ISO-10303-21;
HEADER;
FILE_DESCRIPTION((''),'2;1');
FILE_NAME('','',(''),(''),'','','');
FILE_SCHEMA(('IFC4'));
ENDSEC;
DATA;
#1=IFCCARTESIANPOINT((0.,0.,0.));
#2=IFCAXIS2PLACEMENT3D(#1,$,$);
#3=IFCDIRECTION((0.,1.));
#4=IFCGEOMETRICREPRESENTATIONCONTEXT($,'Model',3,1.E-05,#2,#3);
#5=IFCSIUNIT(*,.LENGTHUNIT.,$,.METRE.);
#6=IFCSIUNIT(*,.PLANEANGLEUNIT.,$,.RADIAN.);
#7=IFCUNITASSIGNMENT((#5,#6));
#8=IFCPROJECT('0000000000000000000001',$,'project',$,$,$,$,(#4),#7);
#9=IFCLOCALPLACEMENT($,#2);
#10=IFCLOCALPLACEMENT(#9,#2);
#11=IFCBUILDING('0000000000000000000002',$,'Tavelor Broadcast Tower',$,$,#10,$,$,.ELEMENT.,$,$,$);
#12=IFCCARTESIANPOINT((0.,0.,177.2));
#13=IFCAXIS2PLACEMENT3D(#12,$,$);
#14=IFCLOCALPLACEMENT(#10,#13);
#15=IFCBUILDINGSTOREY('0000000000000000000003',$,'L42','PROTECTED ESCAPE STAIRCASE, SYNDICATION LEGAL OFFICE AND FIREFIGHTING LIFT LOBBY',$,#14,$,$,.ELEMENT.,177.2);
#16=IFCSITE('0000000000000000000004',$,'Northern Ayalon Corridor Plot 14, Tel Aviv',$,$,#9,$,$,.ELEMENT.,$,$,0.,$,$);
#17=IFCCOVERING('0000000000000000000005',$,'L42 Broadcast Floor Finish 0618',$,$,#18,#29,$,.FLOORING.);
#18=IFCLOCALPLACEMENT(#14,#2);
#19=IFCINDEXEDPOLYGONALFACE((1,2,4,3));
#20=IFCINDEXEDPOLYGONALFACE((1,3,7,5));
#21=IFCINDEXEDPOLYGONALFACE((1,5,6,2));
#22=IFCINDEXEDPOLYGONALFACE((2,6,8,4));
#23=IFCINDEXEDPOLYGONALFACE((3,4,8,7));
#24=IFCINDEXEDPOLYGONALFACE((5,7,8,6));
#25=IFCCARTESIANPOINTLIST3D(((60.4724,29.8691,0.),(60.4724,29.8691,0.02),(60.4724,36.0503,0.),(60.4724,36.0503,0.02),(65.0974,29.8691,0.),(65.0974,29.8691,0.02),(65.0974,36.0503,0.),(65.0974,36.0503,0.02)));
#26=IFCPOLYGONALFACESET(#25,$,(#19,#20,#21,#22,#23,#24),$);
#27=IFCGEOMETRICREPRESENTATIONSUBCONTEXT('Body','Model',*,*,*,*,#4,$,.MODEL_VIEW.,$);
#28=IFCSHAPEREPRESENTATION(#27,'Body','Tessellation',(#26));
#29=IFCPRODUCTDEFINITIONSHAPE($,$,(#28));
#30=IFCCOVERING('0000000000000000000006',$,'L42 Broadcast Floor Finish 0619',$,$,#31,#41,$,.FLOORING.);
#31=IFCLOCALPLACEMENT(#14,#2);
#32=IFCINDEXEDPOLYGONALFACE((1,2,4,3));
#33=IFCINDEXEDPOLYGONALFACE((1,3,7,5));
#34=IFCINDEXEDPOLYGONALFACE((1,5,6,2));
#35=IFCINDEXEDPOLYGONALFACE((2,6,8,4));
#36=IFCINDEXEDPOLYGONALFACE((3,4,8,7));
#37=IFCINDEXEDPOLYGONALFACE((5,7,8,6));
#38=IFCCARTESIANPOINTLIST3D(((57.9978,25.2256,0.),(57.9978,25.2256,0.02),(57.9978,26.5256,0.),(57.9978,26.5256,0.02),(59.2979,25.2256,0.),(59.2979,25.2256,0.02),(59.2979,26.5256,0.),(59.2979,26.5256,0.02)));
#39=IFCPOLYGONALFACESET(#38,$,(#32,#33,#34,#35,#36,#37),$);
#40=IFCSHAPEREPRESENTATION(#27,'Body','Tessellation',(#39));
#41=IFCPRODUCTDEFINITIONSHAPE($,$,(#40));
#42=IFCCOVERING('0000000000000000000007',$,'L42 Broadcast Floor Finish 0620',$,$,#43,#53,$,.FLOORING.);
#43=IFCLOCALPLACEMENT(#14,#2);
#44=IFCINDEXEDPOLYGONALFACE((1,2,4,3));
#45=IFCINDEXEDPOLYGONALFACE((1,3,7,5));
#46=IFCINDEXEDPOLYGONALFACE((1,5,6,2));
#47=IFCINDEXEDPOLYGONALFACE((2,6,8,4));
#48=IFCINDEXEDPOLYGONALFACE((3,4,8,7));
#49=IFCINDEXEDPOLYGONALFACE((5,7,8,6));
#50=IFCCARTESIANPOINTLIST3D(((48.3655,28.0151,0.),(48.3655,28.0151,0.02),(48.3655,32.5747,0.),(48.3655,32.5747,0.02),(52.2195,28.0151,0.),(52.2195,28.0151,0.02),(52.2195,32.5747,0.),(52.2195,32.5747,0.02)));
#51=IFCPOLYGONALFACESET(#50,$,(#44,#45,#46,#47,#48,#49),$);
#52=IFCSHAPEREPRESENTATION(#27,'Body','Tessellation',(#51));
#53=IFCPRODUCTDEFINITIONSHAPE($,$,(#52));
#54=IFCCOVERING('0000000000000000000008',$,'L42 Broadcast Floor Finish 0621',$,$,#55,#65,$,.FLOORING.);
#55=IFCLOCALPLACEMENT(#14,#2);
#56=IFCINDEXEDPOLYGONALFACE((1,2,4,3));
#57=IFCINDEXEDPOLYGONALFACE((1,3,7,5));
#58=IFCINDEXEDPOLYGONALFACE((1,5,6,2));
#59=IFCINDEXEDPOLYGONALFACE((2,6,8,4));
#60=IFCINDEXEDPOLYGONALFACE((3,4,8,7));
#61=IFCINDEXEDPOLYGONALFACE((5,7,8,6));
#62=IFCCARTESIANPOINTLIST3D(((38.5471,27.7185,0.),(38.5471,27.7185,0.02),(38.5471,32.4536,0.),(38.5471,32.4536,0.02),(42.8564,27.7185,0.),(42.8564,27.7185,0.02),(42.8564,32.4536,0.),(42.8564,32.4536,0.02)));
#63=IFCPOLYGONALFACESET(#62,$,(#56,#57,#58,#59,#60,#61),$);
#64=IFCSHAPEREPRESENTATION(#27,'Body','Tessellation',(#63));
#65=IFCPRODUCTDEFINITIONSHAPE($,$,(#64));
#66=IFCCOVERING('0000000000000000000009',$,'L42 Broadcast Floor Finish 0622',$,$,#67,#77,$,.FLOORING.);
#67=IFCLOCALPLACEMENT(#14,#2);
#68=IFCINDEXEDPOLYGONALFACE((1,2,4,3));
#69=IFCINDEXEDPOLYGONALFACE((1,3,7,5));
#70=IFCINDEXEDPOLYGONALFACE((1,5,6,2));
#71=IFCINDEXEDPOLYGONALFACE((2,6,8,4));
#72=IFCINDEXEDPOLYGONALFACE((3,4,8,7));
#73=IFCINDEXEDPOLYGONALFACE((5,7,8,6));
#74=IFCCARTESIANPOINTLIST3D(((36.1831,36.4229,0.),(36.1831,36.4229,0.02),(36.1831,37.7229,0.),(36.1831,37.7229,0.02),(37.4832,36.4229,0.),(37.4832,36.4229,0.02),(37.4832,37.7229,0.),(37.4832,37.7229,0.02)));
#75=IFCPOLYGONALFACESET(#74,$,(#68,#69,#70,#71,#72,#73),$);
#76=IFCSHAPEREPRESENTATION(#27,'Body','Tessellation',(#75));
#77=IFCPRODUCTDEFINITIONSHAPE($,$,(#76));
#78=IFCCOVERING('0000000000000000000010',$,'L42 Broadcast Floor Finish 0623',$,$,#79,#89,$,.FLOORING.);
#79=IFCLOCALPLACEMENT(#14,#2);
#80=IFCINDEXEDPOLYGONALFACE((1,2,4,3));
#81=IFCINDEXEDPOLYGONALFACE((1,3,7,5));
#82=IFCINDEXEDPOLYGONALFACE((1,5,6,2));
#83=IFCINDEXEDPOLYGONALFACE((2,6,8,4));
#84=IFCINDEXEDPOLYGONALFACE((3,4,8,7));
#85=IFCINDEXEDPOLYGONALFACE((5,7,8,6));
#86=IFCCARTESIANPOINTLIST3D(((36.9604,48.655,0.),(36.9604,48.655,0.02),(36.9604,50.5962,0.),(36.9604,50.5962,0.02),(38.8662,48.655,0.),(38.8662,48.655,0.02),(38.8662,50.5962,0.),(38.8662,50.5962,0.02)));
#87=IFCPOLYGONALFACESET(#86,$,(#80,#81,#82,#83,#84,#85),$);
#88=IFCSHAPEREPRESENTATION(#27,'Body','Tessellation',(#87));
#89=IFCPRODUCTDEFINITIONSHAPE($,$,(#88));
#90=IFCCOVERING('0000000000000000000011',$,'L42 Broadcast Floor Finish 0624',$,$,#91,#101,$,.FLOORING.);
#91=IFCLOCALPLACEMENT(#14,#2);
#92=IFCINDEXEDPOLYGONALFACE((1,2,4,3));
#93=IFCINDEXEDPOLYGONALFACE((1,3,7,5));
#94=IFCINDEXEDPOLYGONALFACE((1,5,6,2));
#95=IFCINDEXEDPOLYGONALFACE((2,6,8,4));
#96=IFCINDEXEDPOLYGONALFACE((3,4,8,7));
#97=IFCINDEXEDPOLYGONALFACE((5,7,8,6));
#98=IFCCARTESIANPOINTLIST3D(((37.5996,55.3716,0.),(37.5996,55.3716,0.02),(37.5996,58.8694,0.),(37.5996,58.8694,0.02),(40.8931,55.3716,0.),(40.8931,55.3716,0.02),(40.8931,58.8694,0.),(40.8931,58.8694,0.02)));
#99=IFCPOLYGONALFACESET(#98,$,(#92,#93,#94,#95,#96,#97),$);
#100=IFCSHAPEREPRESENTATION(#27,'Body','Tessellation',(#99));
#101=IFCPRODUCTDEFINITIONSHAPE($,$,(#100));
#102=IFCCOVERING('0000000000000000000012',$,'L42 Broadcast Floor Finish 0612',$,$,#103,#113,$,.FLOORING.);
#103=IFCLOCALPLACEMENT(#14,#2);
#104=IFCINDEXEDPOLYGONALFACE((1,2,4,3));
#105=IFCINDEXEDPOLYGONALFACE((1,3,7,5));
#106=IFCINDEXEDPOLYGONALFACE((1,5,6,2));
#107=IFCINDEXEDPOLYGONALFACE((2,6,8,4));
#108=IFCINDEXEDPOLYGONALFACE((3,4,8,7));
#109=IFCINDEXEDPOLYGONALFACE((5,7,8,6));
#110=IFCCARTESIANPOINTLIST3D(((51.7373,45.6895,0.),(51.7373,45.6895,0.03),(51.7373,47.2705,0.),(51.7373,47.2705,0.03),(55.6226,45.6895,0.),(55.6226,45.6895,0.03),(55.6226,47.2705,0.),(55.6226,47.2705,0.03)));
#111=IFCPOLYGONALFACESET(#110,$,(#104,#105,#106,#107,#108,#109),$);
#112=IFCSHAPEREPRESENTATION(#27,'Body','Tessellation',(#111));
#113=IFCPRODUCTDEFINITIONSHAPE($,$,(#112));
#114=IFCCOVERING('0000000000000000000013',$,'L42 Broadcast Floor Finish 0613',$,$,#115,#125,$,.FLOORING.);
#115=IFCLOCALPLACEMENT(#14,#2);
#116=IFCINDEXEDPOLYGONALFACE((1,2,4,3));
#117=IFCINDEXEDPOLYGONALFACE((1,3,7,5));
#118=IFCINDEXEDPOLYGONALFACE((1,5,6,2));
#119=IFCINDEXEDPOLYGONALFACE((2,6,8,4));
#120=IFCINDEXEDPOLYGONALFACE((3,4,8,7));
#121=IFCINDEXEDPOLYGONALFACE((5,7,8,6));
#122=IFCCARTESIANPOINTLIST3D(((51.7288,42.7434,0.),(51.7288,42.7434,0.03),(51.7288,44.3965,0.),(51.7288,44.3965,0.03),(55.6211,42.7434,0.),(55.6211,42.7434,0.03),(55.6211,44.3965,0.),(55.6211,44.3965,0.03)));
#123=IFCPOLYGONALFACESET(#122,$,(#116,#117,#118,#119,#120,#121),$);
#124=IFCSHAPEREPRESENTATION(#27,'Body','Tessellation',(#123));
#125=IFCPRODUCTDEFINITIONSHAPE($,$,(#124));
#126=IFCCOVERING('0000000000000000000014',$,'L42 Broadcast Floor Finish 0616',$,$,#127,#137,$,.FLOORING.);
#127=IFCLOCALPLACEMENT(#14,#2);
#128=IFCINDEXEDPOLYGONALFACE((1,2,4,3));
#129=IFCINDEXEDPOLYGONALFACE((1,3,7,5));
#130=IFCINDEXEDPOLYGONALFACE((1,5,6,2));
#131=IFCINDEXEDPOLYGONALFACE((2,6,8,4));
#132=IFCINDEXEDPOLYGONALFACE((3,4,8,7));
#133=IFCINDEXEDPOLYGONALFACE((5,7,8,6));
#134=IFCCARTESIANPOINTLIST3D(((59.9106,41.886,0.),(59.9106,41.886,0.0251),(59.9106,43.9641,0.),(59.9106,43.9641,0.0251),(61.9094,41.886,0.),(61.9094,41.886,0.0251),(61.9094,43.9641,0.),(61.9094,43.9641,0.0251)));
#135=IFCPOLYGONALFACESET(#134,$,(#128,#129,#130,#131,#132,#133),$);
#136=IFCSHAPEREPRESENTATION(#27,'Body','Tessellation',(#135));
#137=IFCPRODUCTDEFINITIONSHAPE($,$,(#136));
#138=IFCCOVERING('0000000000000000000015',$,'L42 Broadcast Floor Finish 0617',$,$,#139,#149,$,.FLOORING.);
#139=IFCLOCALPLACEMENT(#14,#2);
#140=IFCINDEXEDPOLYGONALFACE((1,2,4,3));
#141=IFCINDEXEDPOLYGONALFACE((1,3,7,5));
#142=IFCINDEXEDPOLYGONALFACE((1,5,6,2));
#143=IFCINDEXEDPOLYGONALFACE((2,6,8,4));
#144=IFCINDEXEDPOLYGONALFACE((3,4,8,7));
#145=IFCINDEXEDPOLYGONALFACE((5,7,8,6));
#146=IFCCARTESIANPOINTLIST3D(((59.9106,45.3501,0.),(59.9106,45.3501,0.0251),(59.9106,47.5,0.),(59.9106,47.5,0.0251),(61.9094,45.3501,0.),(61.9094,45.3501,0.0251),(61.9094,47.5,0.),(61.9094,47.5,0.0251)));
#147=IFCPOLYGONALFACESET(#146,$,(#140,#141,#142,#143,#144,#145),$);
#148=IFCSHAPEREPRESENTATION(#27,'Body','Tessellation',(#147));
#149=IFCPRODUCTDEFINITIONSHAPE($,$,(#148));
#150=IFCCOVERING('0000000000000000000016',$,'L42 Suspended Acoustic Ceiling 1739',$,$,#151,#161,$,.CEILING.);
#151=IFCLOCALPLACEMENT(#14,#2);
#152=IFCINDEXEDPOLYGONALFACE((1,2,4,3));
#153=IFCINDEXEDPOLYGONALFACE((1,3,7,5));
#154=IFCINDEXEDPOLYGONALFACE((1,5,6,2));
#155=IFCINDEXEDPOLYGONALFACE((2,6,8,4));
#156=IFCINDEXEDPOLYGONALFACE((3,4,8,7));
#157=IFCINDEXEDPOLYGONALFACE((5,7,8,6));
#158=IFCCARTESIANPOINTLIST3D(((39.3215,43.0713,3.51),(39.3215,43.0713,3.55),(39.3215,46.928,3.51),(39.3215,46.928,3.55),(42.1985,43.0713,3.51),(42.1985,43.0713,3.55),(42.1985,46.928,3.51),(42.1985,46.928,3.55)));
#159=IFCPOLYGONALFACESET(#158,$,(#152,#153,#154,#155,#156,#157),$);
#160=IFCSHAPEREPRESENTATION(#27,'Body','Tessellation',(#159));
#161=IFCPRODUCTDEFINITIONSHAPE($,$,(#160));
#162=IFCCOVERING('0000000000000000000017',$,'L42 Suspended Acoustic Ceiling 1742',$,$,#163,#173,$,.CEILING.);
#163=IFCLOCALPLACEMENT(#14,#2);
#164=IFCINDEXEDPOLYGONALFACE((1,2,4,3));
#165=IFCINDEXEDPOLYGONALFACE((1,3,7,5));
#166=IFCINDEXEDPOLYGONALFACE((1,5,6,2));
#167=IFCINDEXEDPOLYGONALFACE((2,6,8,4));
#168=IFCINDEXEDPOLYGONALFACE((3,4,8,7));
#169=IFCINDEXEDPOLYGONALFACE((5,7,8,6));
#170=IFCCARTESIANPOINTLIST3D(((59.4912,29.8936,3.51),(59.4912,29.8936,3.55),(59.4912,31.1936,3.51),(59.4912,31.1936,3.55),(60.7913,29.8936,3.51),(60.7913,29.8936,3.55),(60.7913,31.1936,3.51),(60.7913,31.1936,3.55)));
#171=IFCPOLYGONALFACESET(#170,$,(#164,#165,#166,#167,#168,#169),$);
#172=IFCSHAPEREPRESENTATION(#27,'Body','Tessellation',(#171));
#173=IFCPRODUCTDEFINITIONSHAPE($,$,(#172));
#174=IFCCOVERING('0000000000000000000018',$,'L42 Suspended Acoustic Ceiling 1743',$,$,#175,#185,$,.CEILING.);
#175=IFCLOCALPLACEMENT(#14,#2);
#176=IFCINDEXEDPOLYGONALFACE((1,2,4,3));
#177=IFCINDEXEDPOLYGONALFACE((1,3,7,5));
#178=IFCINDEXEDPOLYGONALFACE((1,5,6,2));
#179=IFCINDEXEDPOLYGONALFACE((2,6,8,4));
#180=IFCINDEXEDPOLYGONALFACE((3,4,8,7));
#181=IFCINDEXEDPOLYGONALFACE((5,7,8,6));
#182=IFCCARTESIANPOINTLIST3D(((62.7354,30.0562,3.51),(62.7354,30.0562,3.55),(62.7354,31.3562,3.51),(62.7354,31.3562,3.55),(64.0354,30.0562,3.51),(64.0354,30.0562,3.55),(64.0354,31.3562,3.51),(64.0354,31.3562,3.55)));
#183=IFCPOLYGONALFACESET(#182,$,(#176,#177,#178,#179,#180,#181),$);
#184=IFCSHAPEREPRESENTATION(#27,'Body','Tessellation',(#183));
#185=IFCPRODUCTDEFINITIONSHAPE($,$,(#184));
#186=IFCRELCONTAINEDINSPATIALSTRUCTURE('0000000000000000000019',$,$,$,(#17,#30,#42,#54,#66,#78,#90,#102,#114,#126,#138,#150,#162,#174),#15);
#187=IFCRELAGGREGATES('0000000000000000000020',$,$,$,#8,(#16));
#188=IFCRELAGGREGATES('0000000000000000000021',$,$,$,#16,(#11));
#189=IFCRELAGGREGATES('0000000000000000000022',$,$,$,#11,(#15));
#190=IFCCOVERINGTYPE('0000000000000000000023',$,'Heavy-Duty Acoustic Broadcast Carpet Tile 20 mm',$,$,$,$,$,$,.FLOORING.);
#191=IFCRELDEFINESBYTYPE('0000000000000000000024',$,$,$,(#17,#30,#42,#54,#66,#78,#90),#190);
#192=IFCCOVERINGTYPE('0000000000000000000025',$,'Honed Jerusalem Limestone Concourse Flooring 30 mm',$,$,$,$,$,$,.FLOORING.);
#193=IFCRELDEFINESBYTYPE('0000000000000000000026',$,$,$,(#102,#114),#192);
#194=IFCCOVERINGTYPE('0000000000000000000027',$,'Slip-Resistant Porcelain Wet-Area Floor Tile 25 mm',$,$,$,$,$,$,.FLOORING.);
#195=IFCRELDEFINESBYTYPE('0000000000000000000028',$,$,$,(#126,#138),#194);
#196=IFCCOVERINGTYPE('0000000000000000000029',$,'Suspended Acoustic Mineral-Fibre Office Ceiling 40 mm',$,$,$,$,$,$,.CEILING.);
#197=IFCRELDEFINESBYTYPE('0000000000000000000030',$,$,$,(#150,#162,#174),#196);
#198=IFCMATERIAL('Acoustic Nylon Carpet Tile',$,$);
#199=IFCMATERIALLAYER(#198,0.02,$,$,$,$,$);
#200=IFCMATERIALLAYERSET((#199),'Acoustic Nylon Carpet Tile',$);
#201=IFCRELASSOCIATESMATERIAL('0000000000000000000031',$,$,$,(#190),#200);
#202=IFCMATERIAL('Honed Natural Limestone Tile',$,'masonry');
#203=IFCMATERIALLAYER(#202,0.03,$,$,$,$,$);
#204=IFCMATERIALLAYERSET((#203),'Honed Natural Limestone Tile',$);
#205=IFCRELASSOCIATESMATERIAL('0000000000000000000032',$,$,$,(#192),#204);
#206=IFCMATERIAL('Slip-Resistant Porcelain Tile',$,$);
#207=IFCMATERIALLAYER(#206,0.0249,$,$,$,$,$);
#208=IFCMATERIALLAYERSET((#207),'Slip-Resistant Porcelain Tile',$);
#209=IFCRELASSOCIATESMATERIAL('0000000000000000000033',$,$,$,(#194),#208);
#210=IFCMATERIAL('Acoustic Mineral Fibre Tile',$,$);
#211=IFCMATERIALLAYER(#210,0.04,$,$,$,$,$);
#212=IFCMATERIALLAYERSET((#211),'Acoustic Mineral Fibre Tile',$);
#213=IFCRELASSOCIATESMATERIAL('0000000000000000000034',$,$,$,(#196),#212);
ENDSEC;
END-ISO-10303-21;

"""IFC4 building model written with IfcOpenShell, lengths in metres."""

from ifc_helpers import new_model, si_unit, direction, frame, origin, place, context, subcontext, project, spatial, polyline, outline, extrude, material, layer, layer_set, type_object, element, save


model = new_model("IFC4")

# Units and contexts
model_context = context("Model", 3, precision=1e-05, world=origin(), true_north=direction((0.0, 1.0)))
body_context = subcontext(model_context, "Body", "Model", "MODEL_VIEW")
ifc_project = project(units=[si_unit("LENGTHUNIT", "METRE"), si_unit("PLANEANGLEUNIT", "RADIAN")], contexts=[model_context])

# Site, building, storey
site_placement = place(None, origin())
site = spatial("IfcSite", under=ifc_project, at=site_placement, Name="Northern Ayalon Corridor Plot 14, Tel Aviv", CompositionType="ELEMENT", RefElevation=0.0)
building_placement = place(site_placement, origin())
building = spatial("IfcBuilding", under=site, at=building_placement, Name="Tavelor Broadcast Tower", CompositionType="ELEMENT")
storey_placement = place(building_placement, frame((0.0, 0.0, 177.2)))
storey = spatial("IfcBuildingStorey", under=building, at=storey_placement, Name="L42", Description="PROTECTED ESCAPE STAIRCASE, SYNDICATION LEGAL OFFICE AND FIREFIGHTING LIFT LOBBY", CompositionType="ELEMENT", Elevation=177.2)

# Coverings
ifc_material_1 = material(Name="Acoustic Nylon Carpet Tile")
ifc_layer_1 = layer(ifc_material_1, 0.02)
ifc_layer_set_1 = layer_set([ifc_layer_1], Name="Acoustic Nylon Carpet Tile")
covering_type_1 = type_object("IfcCoveringType", Name="Heavy-Duty Acoustic Broadcast Carpet Tile 20 mm", PredefinedType="FLOORING", material=ifc_layer_set_1)
covering_1_placement = place(storey_placement, origin())
element("IfcCovering", 1, at=covering_1_placement, inside=storey, type_object=covering_type_1, Name="L42 Broadcast Floor Finish 0618", PredefinedType="FLOORING", context=body_context, shape_type="SweptSolid", body=[
    extrude(outline(polyline([(60.4724, 29.8691), (65.0974, 29.8691), (65.0974, 36.0503), (60.4724, 36.0503), (60.4724, 29.8691)])), origin(), (0.0, 0.0, 1.0), 0.02),
])
covering_2_placement = place(storey_placement, origin())
element("IfcCovering", 2, at=covering_2_placement, inside=storey, type_object=covering_type_1, Name="L42 Broadcast Floor Finish 0619", PredefinedType="FLOORING", context=body_context, shape_type="SweptSolid", body=[
    extrude(outline(polyline([(57.9978, 25.2256), (59.2979, 25.2256), (59.2979, 26.5256), (57.9978, 26.5256), (57.9978, 25.2256)])), origin(), (0.0, 0.0, 1.0), 0.02),
])
covering_3_placement = place(storey_placement, origin())
element("IfcCovering", 3, at=covering_3_placement, inside=storey, type_object=covering_type_1, Name="L42 Broadcast Floor Finish 0620", PredefinedType="FLOORING", context=body_context, shape_type="SweptSolid", body=[
    extrude(outline(polyline([(48.3655, 28.0151), (52.2195, 28.0151), (52.2195, 32.5747), (48.3655, 32.5747), (48.3655, 28.0151)])), origin(), (0.0, 0.0, 1.0), 0.02),
])
covering_4_placement = place(storey_placement, origin())
element("IfcCovering", 4, at=covering_4_placement, inside=storey, type_object=covering_type_1, Name="L42 Broadcast Floor Finish 0621", PredefinedType="FLOORING", context=body_context, shape_type="SweptSolid", body=[
    extrude(outline(polyline([(38.5471, 27.7185), (42.8564, 27.7185), (42.8564, 32.4536), (38.5471, 32.4536), (38.5471, 27.7185)])), origin(), (0.0, 0.0, 1.0), 0.02),
])
covering_5_placement = place(storey_placement, origin())
element("IfcCovering", 5, at=covering_5_placement, inside=storey, type_object=covering_type_1, Name="L42 Broadcast Floor Finish 0622", PredefinedType="FLOORING", context=body_context, shape_type="SweptSolid", body=[
    extrude(outline(polyline([(36.1831, 36.4229), (37.4832, 36.4229), (37.4832, 37.7229), (36.1831, 37.7229), (36.1831, 36.4229)])), origin(), (0.0, 0.0, 1.0), 0.02),
])
covering_6_placement = place(storey_placement, origin())
element("IfcCovering", 6, at=covering_6_placement, inside=storey, type_object=covering_type_1, Name="L42 Broadcast Floor Finish 0623", PredefinedType="FLOORING", context=body_context, shape_type="SweptSolid", body=[
    extrude(outline(polyline([(36.9604, 48.655), (38.8662, 48.655), (38.8662, 50.5962), (36.9604, 50.5962), (36.9604, 48.655)])), origin(), (0.0, 0.0, 1.0), 0.02),
])
covering_7_placement = place(storey_placement, origin())
element("IfcCovering", 7, at=covering_7_placement, inside=storey, type_object=covering_type_1, Name="L42 Broadcast Floor Finish 0624", PredefinedType="FLOORING", context=body_context, shape_type="SweptSolid", body=[
    extrude(outline(polyline([(37.5996, 55.3716), (40.8931, 55.3716), (40.8931, 58.8694), (37.5996, 58.8694), (37.5996, 55.3716)])), origin(), (0.0, 0.0, 1.0), 0.02),
])
ifc_material_2 = material(Name="Honed Natural Limestone Tile", Category="masonry")
ifc_layer_2 = layer(ifc_material_2, 0.03)
ifc_layer_set_2 = layer_set([ifc_layer_2], Name="Honed Natural Limestone Tile")
covering_type_2 = type_object("IfcCoveringType", Name="Honed Jerusalem Limestone Concourse Flooring 30 mm", PredefinedType="FLOORING", material=ifc_layer_set_2)
covering_8_placement = place(storey_placement, origin())
element("IfcCovering", 8, at=covering_8_placement, inside=storey, type_object=covering_type_2, Name="L42 Broadcast Floor Finish 0612", PredefinedType="FLOORING", context=body_context, shape_type="SweptSolid", body=[
    extrude(outline(polyline([(51.7373, 45.6895), (55.6226, 45.6895), (55.6226, 47.2705), (51.7373, 47.2705), (51.7373, 45.6895)])), origin(), (0.0, 0.0, 1.0), 0.03),
])
covering_9_placement = place(storey_placement, origin())
element("IfcCovering", 9, at=covering_9_placement, inside=storey, type_object=covering_type_2, Name="L42 Broadcast Floor Finish 0613", PredefinedType="FLOORING", context=body_context, shape_type="SweptSolid", body=[
    extrude(outline(polyline([(51.7288, 42.7434), (55.6211, 42.7434), (55.6211, 44.3965), (51.7288, 44.3965), (51.7288, 42.7434)])), origin(), (0.0, 0.0, 1.0), 0.03),
])
ifc_material_3 = material(Name="Slip-Resistant Porcelain Tile")
ifc_layer_3 = layer(ifc_material_3, 0.0249)
ifc_layer_set_3 = layer_set([ifc_layer_3], Name="Slip-Resistant Porcelain Tile")
covering_type_3 = type_object("IfcCoveringType", Name="Slip-Resistant Porcelain Wet-Area Floor Tile 25 mm", PredefinedType="FLOORING", material=ifc_layer_set_3)
covering_10_placement = place(storey_placement, origin())
element("IfcCovering", 10, at=covering_10_placement, inside=storey, type_object=covering_type_3, Name="L42 Broadcast Floor Finish 0616", PredefinedType="FLOORING", context=body_context, shape_type="SweptSolid", body=[
    extrude(outline(polyline([(59.9106, 41.886), (61.9094, 41.886), (61.9094, 43.9641), (59.9106, 43.9641), (59.9106, 41.886)])), origin(), (0.0, 0.0, 1.0), 0.0251),
])
covering_11_placement = place(storey_placement, origin())
element("IfcCovering", 11, at=covering_11_placement, inside=storey, type_object=covering_type_3, Name="L42 Broadcast Floor Finish 0617", PredefinedType="FLOORING", context=body_context, shape_type="SweptSolid", body=[
    extrude(outline(polyline([(59.9106, 45.3501), (61.9094, 45.3501), (61.9094, 47.5), (59.9106, 47.5), (59.9106, 45.3501)])), origin(), (0.0, 0.0, 1.0), 0.0251),
])
ifc_material_4 = material(Name="Acoustic Mineral Fibre Tile")
ifc_layer_4 = layer(ifc_material_4, 0.04)
ifc_layer_set_4 = layer_set([ifc_layer_4], Name="Acoustic Mineral Fibre Tile")
covering_type_4 = type_object("IfcCoveringType", Name="Suspended Acoustic Mineral-Fibre Office Ceiling 40 mm", PredefinedType="CEILING", material=ifc_layer_set_4)
covering_12_placement = place(storey_placement, frame((0.0, 0.0, 3.51)))
element("IfcCovering", 12, at=covering_12_placement, inside=storey, type_object=covering_type_4, Name="L42 Suspended Acoustic Ceiling 1739", PredefinedType="CEILING", context=body_context, shape_type="SweptSolid", body=[
    extrude(outline(polyline([(39.3215, 43.0713), (42.1985, 43.0713), (42.1985, 46.928), (39.3215, 46.928), (39.3215, 43.0713)])), origin(), (0.0, 0.0, 1.0), 0.04),
])
covering_13_placement = place(storey_placement, frame((0.0, 0.0, 3.51)))
element("IfcCovering", 13, at=covering_13_placement, inside=storey, type_object=covering_type_4, Name="L42 Suspended Acoustic Ceiling 1742", PredefinedType="CEILING", context=body_context, shape_type="SweptSolid", body=[
    extrude(outline(polyline([(59.4912, 29.8936), (60.7913, 29.8936), (60.7913, 31.1936), (59.4912, 31.1936), (59.4912, 29.8936)])), origin(), (0.0, 0.0, 1.0), 0.04),
])
covering_14_placement = place(storey_placement, frame((0.0, 0.0, 3.51)))
element("IfcCovering", 14, at=covering_14_placement, inside=storey, type_object=covering_type_4, Name="L42 Suspended Acoustic Ceiling 1743", PredefinedType="CEILING", context=body_context, shape_type="SweptSolid", body=[
    extrude(outline(polyline([(62.7354, 30.0562), (64.0354, 30.0562), (64.0354, 31.3562), (62.7354, 31.3562), (62.7354, 30.0562)])), origin(), (0.0, 0.0, 1.0), 0.04),
])

save(model, "model.ifc")
